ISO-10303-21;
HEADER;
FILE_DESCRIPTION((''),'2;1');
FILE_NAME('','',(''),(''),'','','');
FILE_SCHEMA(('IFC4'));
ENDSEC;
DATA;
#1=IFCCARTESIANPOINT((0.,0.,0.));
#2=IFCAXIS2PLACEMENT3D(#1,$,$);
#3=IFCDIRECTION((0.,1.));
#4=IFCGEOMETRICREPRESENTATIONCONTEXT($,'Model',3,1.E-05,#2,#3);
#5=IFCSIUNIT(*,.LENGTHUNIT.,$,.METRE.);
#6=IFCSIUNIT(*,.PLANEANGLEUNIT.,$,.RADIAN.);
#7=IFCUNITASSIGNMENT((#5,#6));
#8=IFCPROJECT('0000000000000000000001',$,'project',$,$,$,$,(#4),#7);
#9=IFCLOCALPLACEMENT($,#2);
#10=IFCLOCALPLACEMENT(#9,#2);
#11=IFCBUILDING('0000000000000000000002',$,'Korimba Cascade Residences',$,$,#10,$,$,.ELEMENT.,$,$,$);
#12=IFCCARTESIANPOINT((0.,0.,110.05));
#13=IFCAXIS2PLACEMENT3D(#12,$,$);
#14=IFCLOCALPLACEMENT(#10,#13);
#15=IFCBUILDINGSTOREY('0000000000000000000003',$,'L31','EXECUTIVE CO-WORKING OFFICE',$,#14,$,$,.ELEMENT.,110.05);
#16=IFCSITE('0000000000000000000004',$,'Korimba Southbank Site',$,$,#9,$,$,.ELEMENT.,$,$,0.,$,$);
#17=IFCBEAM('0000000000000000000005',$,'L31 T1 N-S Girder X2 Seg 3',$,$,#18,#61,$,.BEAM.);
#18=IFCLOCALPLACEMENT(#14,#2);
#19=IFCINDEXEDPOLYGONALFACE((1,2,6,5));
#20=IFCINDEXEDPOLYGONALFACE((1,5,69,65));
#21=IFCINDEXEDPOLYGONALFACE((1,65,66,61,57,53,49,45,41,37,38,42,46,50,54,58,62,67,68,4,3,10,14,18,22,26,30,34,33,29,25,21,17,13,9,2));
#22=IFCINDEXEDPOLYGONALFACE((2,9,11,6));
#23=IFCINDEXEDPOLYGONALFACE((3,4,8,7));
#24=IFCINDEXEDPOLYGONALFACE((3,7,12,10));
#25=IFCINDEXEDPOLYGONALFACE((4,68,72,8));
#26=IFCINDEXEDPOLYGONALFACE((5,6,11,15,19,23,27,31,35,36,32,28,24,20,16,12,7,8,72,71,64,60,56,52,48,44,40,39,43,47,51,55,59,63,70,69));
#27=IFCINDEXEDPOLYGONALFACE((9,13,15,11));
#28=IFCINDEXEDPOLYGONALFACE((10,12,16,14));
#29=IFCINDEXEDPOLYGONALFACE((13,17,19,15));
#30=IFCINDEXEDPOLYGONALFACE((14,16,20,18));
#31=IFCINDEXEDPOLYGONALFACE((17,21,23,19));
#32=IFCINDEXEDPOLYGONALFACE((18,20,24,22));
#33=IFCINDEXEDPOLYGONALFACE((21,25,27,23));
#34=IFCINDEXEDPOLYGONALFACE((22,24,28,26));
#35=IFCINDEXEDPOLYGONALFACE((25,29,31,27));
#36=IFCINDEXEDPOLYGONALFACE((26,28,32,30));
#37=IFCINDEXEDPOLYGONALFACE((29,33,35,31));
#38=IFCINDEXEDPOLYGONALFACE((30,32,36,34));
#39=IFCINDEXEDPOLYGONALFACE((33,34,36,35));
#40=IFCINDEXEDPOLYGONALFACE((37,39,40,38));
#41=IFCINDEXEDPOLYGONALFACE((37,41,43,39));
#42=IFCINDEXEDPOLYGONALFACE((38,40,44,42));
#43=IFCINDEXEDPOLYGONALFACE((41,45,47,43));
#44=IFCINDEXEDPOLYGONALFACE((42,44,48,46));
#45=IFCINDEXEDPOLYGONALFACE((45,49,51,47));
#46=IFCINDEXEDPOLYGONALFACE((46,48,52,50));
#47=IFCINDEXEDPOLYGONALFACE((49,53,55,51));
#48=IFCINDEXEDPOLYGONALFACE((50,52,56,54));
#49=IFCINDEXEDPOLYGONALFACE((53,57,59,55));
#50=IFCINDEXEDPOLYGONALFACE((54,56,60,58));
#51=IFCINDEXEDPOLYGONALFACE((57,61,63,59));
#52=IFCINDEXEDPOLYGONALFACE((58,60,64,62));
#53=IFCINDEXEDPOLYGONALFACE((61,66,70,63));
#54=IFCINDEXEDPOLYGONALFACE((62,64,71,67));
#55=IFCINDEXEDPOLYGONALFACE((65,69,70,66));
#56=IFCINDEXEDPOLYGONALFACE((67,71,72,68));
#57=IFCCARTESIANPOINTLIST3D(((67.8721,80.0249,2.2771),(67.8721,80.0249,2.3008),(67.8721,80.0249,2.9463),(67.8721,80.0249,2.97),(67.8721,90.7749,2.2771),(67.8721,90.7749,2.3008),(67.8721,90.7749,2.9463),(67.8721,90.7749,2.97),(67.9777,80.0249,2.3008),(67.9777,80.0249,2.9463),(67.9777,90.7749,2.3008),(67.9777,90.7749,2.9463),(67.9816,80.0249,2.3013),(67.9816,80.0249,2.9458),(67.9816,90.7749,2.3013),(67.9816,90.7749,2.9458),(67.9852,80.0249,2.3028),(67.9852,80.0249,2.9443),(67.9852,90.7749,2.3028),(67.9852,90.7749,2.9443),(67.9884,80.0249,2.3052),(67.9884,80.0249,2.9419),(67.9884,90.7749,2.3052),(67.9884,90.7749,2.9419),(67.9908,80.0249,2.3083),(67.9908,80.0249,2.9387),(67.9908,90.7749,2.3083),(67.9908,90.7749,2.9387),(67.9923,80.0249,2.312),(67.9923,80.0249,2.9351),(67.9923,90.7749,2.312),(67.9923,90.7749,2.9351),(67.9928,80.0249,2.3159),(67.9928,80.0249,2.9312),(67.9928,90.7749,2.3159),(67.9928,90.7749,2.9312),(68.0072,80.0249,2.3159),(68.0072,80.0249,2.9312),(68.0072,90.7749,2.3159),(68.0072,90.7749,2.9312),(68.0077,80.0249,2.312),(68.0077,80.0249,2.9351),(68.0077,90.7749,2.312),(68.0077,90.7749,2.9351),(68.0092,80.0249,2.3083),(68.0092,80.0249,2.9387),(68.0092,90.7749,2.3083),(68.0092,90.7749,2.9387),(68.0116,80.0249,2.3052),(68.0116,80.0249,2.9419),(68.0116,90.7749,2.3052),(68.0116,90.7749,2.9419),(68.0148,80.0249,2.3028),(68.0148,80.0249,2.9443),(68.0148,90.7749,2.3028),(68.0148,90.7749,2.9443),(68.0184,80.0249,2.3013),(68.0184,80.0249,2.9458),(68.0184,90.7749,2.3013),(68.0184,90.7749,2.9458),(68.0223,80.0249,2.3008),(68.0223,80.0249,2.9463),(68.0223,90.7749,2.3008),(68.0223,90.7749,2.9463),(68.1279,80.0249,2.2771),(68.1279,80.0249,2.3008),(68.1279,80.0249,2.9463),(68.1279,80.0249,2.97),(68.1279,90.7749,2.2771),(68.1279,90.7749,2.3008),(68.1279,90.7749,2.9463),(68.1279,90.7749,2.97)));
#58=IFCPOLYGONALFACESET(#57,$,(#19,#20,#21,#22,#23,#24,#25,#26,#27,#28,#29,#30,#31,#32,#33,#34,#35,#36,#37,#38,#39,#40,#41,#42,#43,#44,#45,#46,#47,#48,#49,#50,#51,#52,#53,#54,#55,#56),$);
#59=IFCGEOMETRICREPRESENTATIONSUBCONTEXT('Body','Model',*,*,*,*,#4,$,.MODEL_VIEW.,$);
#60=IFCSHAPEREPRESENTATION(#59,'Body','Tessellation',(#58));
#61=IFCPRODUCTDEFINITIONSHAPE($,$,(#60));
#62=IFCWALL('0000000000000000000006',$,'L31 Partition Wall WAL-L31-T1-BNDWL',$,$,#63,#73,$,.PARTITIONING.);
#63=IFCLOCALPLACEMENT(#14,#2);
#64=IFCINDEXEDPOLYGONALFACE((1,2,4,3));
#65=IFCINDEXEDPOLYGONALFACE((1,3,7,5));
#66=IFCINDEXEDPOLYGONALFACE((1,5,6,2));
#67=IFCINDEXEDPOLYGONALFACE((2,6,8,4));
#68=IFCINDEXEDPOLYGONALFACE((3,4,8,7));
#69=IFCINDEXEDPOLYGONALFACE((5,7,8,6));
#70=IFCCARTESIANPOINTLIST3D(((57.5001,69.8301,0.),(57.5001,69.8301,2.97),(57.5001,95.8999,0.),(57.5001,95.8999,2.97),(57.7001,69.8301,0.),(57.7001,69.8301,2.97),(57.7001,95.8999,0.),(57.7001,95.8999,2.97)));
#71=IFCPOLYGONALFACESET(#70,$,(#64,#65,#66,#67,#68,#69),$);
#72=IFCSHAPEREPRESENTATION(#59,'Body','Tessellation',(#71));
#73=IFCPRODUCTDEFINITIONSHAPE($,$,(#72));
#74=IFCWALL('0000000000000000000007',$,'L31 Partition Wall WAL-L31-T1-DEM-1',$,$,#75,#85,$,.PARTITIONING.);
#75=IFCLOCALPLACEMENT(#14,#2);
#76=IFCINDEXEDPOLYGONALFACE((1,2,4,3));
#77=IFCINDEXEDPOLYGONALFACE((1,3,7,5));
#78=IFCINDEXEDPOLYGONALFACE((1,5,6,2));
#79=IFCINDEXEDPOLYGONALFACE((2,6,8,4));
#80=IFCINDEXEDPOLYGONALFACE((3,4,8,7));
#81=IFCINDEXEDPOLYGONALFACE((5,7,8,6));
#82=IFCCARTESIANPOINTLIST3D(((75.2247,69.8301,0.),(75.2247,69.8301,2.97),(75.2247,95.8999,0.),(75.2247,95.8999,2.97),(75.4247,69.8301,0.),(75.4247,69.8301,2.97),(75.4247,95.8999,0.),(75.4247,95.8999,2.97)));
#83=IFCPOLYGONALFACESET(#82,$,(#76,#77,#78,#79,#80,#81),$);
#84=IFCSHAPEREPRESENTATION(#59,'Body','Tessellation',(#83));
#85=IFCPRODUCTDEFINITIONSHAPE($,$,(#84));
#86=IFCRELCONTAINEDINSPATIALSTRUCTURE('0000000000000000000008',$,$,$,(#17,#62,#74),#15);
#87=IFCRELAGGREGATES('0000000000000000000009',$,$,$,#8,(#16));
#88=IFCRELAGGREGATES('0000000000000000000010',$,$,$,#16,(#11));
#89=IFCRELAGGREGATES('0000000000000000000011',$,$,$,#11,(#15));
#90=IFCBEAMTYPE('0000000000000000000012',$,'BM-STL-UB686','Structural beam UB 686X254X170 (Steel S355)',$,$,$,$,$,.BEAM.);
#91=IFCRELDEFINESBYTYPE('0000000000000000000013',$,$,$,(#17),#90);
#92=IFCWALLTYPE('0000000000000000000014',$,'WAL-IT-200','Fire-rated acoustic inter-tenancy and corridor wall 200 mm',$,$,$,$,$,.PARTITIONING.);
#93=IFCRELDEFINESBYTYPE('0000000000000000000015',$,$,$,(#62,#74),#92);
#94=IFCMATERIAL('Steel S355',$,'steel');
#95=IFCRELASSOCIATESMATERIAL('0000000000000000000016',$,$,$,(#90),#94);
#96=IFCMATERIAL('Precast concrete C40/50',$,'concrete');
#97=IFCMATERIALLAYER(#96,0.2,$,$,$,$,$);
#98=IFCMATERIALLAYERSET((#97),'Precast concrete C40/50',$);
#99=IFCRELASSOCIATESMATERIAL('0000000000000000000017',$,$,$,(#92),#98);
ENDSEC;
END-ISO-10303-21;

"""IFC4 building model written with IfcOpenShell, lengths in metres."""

from ifc_helpers import new_model, si_unit, direction, frame, frame_2d, origin, origin_2d, place, context, subcontext, project, spatial, rectangle, i_section, extrude, material, layer, layer_set, material_profile, profile_set, type_object, element, save


model = new_model("IFC4")

# Units and contexts
model_context = context("Model", 3, precision=1e-05, world=origin(), true_north=direction((0.0, 1.0)))
body_context = subcontext(model_context, "Body", "Model", "MODEL_VIEW")
ifc_project = project(units=[si_unit("LENGTHUNIT", "METRE"), si_unit("PLANEANGLEUNIT", "RADIAN")], contexts=[model_context])

# Site, building, storey
site_placement = place(None, origin())
site = spatial("IfcSite", under=ifc_project, at=site_placement, Name="Korimba Southbank Site", CompositionType="ELEMENT", RefElevation=0.0)
building_placement = place(site_placement, origin())
building = spatial("IfcBuilding", under=site, at=building_placement, Name="Korimba Cascade Residences", CompositionType="ELEMENT")
storey_placement = place(building_placement, frame((0.0, 0.0, 110.05)))
storey = spatial("IfcBuildingStorey", under=building, at=storey_placement, Name="L31", Description="EXECUTIVE CO-WORKING OFFICE", CompositionType="ELEMENT", Elevation=110.05)

# Beam
ifc_material_1 = material(Name="Steel S355", Category="steel")
ifc_material_profile_1 = material_profile(ifc_material_1, i_section(OverallWidth=0.2559, OverallDepth=0.6929, WebThickness=0.0144, FlangeThickness=0.0237, FilletRadius=0.0151, at=origin_2d()), Name="Steel S355")
ifc_profile_set_1 = profile_set([ifc_material_profile_1], Name="Steel S355")
beam_type_1 = type_object("IfcBeamType", Name="BM-STL-UB686", Description="Structural beam UB 686X254X170 (Steel S355)", PredefinedType="BEAM", material=ifc_profile_set_1)
beam_1_placement = place(storey_placement, frame((68.0, 80.0249, 2.6235), z_axis=(0.0, 1.0, 0.0), x_axis=(-1.0, 0.0, 0.0)))
element("IfcBeam", 1, at=beam_1_placement, inside=storey, type_object=beam_type_1, Name="L31 T1 N-S Girder X2 Seg 3", PredefinedType="BEAM", context=body_context, shape_type="SweptSolid", body=[
    extrude(i_section(OverallWidth=0.2559, OverallDepth=0.6929, WebThickness=0.0144, FlangeThickness=0.0237, FilletRadius=0.0151, at=origin_2d()), origin(), (0.0, 0.0, 1.0), 10.75),
])

# Walls
ifc_material_2 = material(Name="Precast concrete C40/50", Category="concrete")
ifc_layer_1 = layer(ifc_material_2, 0.2)
ifc_layer_set_1 = layer_set([ifc_layer_1], Name="Precast concrete C40/50")
wall_type_1 = type_object("IfcWallType", Name="WAL-IT-200", Description="Fire-rated acoustic inter-tenancy and corridor wall 200 mm", PredefinedType="PARTITIONING", material=ifc_layer_set_1)
for number, where, z_axis, x_axis, name in (
    (2, (57.6001, 69.8301, 0.0), (0.0, 0.0, 1.0), (0.0, 1.0, 0.0), "L31 Partition Wall WAL-L31-T1-BNDWL"),
    (3, (75.3247, 69.8301, 0.0), (0.0, 0.0, 1.0), (0.0, 1.0, 0.0), "L31 Partition Wall WAL-L31-T1-DEM-1"),
):
    element("IfcWall", number, at=place(storey_placement, frame(where, z_axis=z_axis, x_axis=x_axis)), inside=storey, type_object=wall_type_1, Name=name, PredefinedType="PARTITIONING", context=body_context, shape_type="SweptSolid", body=[
        extrude(rectangle(XDim=26.0698, YDim=0.2, at=frame_2d((13.0349, 0.0))), origin(), (0.0, 0.0, 1.0), 2.97),
    ])

save(model, "model.ifc")
